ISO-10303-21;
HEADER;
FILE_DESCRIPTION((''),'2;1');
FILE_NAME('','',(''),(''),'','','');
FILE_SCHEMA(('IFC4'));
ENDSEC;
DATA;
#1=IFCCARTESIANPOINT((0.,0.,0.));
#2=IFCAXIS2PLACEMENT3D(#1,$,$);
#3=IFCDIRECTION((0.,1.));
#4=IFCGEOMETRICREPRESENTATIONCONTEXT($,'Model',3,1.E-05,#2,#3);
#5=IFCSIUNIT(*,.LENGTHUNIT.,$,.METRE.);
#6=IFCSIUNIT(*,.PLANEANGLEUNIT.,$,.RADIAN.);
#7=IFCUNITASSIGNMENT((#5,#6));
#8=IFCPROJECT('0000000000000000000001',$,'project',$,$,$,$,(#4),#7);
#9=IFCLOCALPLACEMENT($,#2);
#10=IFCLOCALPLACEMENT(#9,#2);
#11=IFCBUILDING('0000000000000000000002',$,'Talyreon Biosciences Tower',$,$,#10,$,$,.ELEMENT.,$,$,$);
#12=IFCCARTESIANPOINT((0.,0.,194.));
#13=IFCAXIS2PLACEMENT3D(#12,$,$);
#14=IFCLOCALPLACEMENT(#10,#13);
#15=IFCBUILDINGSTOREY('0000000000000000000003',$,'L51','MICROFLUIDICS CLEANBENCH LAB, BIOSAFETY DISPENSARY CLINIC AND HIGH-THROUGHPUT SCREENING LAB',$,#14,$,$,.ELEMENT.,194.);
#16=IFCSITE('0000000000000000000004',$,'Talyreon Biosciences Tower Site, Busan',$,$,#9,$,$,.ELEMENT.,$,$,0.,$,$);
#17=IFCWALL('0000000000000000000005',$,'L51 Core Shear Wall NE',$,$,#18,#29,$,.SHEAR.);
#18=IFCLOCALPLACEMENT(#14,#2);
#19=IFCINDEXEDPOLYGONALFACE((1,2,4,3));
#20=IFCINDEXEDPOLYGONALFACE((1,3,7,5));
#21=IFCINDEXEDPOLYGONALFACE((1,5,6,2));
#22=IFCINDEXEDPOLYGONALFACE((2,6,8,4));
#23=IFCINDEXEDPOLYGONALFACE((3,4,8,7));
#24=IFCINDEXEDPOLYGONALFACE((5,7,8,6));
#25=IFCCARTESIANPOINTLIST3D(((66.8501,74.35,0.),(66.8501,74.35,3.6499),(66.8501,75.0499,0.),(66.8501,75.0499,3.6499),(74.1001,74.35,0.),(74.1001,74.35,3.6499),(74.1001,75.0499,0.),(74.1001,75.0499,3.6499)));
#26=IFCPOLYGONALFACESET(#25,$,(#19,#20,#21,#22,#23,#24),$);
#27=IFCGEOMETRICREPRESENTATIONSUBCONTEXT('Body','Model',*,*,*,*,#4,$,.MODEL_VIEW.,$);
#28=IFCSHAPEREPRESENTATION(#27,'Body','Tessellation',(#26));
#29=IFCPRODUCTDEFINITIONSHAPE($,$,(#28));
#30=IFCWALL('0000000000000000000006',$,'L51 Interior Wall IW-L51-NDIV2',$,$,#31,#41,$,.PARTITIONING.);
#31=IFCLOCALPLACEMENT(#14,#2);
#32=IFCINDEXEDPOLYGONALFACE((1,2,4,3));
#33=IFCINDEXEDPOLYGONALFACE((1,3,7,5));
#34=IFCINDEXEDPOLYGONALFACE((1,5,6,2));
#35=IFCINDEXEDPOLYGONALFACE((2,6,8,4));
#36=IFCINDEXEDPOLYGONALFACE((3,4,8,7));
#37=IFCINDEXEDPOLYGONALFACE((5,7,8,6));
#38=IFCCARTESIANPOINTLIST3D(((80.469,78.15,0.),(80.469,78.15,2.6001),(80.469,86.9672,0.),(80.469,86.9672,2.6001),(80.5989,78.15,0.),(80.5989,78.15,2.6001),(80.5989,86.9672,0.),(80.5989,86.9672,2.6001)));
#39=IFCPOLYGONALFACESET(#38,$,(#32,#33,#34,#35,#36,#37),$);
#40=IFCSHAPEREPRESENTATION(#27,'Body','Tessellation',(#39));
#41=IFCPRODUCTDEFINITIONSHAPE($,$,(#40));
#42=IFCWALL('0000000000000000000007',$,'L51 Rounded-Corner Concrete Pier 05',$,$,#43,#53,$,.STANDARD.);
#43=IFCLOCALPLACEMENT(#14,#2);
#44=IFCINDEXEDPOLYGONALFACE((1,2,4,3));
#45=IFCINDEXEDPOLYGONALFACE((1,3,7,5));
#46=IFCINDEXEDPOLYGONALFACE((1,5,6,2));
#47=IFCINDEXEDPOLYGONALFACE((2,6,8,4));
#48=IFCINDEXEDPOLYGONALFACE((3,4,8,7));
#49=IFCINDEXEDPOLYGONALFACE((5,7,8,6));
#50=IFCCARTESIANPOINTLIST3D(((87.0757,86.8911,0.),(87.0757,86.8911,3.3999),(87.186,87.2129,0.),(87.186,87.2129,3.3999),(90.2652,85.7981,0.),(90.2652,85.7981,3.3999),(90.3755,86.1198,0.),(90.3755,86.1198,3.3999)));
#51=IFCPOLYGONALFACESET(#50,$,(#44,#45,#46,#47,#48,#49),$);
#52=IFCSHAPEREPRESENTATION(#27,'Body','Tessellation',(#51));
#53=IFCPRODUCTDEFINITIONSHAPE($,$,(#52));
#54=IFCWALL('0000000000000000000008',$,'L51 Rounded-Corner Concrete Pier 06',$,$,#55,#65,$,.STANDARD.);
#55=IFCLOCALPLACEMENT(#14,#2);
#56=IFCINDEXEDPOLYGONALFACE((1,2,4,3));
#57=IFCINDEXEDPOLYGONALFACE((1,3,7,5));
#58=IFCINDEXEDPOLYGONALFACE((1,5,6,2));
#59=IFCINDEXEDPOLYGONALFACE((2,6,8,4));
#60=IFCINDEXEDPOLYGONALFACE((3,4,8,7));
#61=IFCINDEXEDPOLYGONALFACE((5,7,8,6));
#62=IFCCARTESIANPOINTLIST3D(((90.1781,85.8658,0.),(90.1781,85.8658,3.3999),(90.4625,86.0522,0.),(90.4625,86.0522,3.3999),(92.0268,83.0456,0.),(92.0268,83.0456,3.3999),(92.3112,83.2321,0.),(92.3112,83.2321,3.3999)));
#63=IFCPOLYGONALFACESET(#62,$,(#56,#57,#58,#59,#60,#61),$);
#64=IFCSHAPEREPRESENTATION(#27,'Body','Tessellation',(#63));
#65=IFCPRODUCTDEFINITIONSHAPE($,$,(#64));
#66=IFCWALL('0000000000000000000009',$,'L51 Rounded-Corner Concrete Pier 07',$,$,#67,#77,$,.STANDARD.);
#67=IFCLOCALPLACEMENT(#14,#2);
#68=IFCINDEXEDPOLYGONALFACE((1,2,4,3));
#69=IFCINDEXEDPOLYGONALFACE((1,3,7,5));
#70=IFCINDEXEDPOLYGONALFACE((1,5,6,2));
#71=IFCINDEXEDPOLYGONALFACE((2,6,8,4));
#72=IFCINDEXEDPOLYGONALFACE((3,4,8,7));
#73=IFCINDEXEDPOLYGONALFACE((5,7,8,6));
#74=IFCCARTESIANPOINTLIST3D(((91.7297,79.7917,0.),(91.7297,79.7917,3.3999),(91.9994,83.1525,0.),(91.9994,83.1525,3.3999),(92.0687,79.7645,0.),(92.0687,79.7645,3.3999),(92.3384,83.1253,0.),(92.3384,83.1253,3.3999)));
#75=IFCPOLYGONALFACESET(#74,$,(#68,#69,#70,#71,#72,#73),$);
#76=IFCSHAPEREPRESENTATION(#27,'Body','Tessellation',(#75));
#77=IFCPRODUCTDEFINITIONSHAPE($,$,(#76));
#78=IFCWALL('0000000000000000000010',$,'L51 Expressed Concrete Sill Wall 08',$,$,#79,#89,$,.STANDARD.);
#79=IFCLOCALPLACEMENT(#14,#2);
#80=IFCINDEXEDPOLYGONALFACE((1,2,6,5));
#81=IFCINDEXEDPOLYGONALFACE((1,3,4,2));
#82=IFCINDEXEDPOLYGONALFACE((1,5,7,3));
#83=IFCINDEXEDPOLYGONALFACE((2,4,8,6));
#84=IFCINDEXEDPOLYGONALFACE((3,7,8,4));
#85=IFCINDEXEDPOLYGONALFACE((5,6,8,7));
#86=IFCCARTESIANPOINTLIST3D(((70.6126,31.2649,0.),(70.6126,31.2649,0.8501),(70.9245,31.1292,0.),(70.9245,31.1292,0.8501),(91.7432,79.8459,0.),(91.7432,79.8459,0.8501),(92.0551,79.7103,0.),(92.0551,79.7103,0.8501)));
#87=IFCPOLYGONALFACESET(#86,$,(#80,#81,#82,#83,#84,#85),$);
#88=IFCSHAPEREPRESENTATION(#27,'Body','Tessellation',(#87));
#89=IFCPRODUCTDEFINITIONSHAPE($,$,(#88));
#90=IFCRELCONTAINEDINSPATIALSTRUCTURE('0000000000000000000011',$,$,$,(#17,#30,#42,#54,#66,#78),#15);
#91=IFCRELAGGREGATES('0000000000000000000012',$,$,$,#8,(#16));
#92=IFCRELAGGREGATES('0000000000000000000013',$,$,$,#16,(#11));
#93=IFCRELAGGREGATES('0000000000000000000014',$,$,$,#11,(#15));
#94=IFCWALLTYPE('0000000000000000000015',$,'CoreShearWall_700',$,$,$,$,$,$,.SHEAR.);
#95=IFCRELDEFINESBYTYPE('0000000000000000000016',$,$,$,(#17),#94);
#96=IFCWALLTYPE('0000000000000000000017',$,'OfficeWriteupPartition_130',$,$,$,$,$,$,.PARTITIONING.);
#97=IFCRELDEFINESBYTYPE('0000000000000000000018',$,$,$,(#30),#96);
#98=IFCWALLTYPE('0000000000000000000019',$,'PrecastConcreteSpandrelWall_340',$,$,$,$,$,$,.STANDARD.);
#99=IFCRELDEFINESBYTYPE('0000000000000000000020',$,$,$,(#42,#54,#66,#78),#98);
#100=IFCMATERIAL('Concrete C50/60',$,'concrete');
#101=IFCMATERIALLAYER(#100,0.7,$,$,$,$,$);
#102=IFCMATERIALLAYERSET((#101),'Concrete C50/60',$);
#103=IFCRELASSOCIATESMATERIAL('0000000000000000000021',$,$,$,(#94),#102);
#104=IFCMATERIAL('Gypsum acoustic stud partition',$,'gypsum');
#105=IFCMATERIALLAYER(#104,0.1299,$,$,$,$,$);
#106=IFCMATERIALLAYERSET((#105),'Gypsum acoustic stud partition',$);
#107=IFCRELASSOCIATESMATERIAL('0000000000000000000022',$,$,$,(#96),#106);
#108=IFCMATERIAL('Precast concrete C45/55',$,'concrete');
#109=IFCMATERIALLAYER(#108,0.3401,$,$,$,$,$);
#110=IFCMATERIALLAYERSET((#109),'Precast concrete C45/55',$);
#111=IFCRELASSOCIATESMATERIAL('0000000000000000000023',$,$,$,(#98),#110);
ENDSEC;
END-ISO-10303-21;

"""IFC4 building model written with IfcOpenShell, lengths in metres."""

from ifc_helpers import new_model, si_unit, direction, frame, frame_2d, origin, place, context, subcontext, project, spatial, rectangle, extrude, material, layer, layer_set, type_object, element, save


model = new_model("IFC4")

# Units and contexts
model_context = context("Model", 3, precision=1e-05, world=origin(), true_north=direction((0.0, 1.0)))
body_context = subcontext(model_context, "Body", "Model", "MODEL_VIEW")
ifc_project = project(units=[si_unit("LENGTHUNIT", "METRE"), si_unit("PLANEANGLEUNIT", "RADIAN")], contexts=[model_context])

# Site, building, storey
site_placement = place(None, origin())
site = spatial("IfcSite", under=ifc_project, at=site_placement, Name="Talyreon Biosciences Tower Site, Busan", CompositionType="ELEMENT", RefElevation=0.0)
building_placement = place(site_placement, origin())
building = spatial("IfcBuilding", under=site, at=building_placement, Name="Talyreon Biosciences Tower", CompositionType="ELEMENT")
storey_placement = place(building_placement, frame((0.0, 0.0, 194.0)))
storey = spatial("IfcBuildingStorey", under=building, at=storey_placement, Name="L51", Description="MICROFLUIDICS CLEANBENCH LAB, BIOSAFETY DISPENSARY CLINIC AND HIGH-THROUGHPUT SCREENING LAB", CompositionType="ELEMENT", Elevation=194.0)

# Shared definitions
ifc_material_1 = material(Name="Concrete C50/60", Category="concrete")

# Shared definitions
ifc_material_2 = material(Name="Precast concrete C45/55", Category="concrete")

# Walls
ifc_layer_1 = layer(ifc_material_1, 0.7)
ifc_layer_set_1 = layer_set([ifc_layer_1], Name="Concrete C50/60")
wall_type_1 = type_object("IfcWallType", Name="CoreShearWall_700", PredefinedType="SHEAR", material=ifc_layer_set_1)
wall_1_placement = place(storey_placement, frame((74.1001, 74.7, 0.0), z_axis=(0.0, 0.0, 1.0), x_axis=(-1.0, 0.0, 0.0)))
element("IfcWall", 1, at=wall_1_placement, inside=storey, type_object=wall_type_1, Name="L51 Core Shear Wall NE", PredefinedType="SHEAR", context=body_context, shape_type="SweptSolid", body=[
    extrude(rectangle(XDim=7.25, YDim=0.7, at=frame_2d((3.625, 0.0))), origin(), (0.0, 0.0, 1.0), 3.6499),
])
ifc_material_3 = material(Name="Gypsum acoustic stud partition", Category="gypsum")
ifc_layer_2 = layer(ifc_material_3, 0.1299)
ifc_layer_set_2 = layer_set([ifc_layer_2], Name="Gypsum acoustic stud partition")
wall_type_2 = type_object("IfcWallType", Name="OfficeWriteupPartition_130", PredefinedType="PARTITIONING", material=ifc_layer_set_2)
wall_2_placement = place(storey_placement, frame((80.5339, 78.1499, 0.0), z_axis=(0.0, 0.0, 1.0), x_axis=(0.0, 1.0, 0.0)))
element("IfcWall", 2, at=wall_2_placement, inside=storey, type_object=wall_type_2, Name="L51 Interior Wall IW-L51-NDIV2", PredefinedType="PARTITIONING", context=body_context, shape_type="SweptSolid", body=[
    extrude(rectangle(XDim=8.8171, YDim=0.1299, at=frame_2d((4.4087, 0.0))), origin(), (0.0, 0.0, 1.0), 2.6001),
])
ifc_layer_3 = layer(ifc_material_2, 0.3401)
ifc_layer_set_3 = layer_set([ifc_layer_3], Name="Precast concrete C45/55")
wall_type_3 = type_object("IfcWallType", Name="PrecastConcreteSpandrelWall_340", PredefinedType="STANDARD", material=ifc_layer_set_3)
wall_3_placement = place(storey_placement, frame((87.1309, 87.052, 0.0), z_axis=(0.0, 0.0, 1.0), x_axis=(0.945992, -0.324189, 0.0)))
element("IfcWall", 3, at=wall_3_placement, inside=storey, type_object=wall_type_3, Name="L51 Rounded-Corner Concrete Pier 05", PredefinedType="STANDARD", context=body_context, shape_type="SweptSolid", body=[
    extrude(rectangle(XDim=3.3716, YDim=0.3401, at=frame_2d((1.6858, 0.0))), origin(), (0.0, 0.0, 1.0), 3.3999),
])
wall_4_placement = place(storey_placement, frame((90.3203, 85.959, 0.0), z_axis=(0.0, 0.0, 1.0), x_axis=(0.548234, -0.836325, 0.0)))
element("IfcWall", 4, at=wall_4_placement, inside=storey, type_object=wall_type_3, Name="L51 Rounded-Corner Concrete Pier 06", PredefinedType="STANDARD", context=body_context, shape_type="SweptSolid", body=[
    extrude(rectangle(XDim=3.3721, YDim=0.3401, at=frame_2d((1.686, 0.0))), origin(), (0.0, 0.0, 1.0), 3.3999),
])
wall_5_placement = place(storey_placement, frame((92.1689, 83.1389, 0.0), z_axis=(0.0, 0.0, 1.0), x_axis=(-0.080013, -0.996794, 0.0)))
element("IfcWall", 5, at=wall_5_placement, inside=storey, type_object=wall_type_3, Name="L51 Rounded-Corner Concrete Pier 07", PredefinedType="STANDARD", context=body_context, shape_type="SweptSolid", body=[
    extrude(rectangle(XDim=3.3716, YDim=0.3401, at=frame_2d((1.6858, 0.0))), origin(), (0.0, 0.0, 1.0), 3.3999),
])
wall_6_placement = place(storey_placement, frame((91.8992, 79.7781, 0.0), z_axis=(0.0, 0.0, 1.0), x_axis=(-0.39886, -0.917012, 0.0)))
element("IfcWall", 6, at=wall_6_placement, inside=storey, type_object=wall_type_3, Name="L51 Expressed Concrete Sill Wall 08", PredefinedType="STANDARD", context=body_context, shape_type="SweptSolid", body=[
    extrude(rectangle(XDim=52.9775, YDim=0.3401, at=frame_2d((26.4888, 0.0))), origin(), (0.0, 0.0, 1.0), 0.8501),
])

save(model, "model.ifc")
